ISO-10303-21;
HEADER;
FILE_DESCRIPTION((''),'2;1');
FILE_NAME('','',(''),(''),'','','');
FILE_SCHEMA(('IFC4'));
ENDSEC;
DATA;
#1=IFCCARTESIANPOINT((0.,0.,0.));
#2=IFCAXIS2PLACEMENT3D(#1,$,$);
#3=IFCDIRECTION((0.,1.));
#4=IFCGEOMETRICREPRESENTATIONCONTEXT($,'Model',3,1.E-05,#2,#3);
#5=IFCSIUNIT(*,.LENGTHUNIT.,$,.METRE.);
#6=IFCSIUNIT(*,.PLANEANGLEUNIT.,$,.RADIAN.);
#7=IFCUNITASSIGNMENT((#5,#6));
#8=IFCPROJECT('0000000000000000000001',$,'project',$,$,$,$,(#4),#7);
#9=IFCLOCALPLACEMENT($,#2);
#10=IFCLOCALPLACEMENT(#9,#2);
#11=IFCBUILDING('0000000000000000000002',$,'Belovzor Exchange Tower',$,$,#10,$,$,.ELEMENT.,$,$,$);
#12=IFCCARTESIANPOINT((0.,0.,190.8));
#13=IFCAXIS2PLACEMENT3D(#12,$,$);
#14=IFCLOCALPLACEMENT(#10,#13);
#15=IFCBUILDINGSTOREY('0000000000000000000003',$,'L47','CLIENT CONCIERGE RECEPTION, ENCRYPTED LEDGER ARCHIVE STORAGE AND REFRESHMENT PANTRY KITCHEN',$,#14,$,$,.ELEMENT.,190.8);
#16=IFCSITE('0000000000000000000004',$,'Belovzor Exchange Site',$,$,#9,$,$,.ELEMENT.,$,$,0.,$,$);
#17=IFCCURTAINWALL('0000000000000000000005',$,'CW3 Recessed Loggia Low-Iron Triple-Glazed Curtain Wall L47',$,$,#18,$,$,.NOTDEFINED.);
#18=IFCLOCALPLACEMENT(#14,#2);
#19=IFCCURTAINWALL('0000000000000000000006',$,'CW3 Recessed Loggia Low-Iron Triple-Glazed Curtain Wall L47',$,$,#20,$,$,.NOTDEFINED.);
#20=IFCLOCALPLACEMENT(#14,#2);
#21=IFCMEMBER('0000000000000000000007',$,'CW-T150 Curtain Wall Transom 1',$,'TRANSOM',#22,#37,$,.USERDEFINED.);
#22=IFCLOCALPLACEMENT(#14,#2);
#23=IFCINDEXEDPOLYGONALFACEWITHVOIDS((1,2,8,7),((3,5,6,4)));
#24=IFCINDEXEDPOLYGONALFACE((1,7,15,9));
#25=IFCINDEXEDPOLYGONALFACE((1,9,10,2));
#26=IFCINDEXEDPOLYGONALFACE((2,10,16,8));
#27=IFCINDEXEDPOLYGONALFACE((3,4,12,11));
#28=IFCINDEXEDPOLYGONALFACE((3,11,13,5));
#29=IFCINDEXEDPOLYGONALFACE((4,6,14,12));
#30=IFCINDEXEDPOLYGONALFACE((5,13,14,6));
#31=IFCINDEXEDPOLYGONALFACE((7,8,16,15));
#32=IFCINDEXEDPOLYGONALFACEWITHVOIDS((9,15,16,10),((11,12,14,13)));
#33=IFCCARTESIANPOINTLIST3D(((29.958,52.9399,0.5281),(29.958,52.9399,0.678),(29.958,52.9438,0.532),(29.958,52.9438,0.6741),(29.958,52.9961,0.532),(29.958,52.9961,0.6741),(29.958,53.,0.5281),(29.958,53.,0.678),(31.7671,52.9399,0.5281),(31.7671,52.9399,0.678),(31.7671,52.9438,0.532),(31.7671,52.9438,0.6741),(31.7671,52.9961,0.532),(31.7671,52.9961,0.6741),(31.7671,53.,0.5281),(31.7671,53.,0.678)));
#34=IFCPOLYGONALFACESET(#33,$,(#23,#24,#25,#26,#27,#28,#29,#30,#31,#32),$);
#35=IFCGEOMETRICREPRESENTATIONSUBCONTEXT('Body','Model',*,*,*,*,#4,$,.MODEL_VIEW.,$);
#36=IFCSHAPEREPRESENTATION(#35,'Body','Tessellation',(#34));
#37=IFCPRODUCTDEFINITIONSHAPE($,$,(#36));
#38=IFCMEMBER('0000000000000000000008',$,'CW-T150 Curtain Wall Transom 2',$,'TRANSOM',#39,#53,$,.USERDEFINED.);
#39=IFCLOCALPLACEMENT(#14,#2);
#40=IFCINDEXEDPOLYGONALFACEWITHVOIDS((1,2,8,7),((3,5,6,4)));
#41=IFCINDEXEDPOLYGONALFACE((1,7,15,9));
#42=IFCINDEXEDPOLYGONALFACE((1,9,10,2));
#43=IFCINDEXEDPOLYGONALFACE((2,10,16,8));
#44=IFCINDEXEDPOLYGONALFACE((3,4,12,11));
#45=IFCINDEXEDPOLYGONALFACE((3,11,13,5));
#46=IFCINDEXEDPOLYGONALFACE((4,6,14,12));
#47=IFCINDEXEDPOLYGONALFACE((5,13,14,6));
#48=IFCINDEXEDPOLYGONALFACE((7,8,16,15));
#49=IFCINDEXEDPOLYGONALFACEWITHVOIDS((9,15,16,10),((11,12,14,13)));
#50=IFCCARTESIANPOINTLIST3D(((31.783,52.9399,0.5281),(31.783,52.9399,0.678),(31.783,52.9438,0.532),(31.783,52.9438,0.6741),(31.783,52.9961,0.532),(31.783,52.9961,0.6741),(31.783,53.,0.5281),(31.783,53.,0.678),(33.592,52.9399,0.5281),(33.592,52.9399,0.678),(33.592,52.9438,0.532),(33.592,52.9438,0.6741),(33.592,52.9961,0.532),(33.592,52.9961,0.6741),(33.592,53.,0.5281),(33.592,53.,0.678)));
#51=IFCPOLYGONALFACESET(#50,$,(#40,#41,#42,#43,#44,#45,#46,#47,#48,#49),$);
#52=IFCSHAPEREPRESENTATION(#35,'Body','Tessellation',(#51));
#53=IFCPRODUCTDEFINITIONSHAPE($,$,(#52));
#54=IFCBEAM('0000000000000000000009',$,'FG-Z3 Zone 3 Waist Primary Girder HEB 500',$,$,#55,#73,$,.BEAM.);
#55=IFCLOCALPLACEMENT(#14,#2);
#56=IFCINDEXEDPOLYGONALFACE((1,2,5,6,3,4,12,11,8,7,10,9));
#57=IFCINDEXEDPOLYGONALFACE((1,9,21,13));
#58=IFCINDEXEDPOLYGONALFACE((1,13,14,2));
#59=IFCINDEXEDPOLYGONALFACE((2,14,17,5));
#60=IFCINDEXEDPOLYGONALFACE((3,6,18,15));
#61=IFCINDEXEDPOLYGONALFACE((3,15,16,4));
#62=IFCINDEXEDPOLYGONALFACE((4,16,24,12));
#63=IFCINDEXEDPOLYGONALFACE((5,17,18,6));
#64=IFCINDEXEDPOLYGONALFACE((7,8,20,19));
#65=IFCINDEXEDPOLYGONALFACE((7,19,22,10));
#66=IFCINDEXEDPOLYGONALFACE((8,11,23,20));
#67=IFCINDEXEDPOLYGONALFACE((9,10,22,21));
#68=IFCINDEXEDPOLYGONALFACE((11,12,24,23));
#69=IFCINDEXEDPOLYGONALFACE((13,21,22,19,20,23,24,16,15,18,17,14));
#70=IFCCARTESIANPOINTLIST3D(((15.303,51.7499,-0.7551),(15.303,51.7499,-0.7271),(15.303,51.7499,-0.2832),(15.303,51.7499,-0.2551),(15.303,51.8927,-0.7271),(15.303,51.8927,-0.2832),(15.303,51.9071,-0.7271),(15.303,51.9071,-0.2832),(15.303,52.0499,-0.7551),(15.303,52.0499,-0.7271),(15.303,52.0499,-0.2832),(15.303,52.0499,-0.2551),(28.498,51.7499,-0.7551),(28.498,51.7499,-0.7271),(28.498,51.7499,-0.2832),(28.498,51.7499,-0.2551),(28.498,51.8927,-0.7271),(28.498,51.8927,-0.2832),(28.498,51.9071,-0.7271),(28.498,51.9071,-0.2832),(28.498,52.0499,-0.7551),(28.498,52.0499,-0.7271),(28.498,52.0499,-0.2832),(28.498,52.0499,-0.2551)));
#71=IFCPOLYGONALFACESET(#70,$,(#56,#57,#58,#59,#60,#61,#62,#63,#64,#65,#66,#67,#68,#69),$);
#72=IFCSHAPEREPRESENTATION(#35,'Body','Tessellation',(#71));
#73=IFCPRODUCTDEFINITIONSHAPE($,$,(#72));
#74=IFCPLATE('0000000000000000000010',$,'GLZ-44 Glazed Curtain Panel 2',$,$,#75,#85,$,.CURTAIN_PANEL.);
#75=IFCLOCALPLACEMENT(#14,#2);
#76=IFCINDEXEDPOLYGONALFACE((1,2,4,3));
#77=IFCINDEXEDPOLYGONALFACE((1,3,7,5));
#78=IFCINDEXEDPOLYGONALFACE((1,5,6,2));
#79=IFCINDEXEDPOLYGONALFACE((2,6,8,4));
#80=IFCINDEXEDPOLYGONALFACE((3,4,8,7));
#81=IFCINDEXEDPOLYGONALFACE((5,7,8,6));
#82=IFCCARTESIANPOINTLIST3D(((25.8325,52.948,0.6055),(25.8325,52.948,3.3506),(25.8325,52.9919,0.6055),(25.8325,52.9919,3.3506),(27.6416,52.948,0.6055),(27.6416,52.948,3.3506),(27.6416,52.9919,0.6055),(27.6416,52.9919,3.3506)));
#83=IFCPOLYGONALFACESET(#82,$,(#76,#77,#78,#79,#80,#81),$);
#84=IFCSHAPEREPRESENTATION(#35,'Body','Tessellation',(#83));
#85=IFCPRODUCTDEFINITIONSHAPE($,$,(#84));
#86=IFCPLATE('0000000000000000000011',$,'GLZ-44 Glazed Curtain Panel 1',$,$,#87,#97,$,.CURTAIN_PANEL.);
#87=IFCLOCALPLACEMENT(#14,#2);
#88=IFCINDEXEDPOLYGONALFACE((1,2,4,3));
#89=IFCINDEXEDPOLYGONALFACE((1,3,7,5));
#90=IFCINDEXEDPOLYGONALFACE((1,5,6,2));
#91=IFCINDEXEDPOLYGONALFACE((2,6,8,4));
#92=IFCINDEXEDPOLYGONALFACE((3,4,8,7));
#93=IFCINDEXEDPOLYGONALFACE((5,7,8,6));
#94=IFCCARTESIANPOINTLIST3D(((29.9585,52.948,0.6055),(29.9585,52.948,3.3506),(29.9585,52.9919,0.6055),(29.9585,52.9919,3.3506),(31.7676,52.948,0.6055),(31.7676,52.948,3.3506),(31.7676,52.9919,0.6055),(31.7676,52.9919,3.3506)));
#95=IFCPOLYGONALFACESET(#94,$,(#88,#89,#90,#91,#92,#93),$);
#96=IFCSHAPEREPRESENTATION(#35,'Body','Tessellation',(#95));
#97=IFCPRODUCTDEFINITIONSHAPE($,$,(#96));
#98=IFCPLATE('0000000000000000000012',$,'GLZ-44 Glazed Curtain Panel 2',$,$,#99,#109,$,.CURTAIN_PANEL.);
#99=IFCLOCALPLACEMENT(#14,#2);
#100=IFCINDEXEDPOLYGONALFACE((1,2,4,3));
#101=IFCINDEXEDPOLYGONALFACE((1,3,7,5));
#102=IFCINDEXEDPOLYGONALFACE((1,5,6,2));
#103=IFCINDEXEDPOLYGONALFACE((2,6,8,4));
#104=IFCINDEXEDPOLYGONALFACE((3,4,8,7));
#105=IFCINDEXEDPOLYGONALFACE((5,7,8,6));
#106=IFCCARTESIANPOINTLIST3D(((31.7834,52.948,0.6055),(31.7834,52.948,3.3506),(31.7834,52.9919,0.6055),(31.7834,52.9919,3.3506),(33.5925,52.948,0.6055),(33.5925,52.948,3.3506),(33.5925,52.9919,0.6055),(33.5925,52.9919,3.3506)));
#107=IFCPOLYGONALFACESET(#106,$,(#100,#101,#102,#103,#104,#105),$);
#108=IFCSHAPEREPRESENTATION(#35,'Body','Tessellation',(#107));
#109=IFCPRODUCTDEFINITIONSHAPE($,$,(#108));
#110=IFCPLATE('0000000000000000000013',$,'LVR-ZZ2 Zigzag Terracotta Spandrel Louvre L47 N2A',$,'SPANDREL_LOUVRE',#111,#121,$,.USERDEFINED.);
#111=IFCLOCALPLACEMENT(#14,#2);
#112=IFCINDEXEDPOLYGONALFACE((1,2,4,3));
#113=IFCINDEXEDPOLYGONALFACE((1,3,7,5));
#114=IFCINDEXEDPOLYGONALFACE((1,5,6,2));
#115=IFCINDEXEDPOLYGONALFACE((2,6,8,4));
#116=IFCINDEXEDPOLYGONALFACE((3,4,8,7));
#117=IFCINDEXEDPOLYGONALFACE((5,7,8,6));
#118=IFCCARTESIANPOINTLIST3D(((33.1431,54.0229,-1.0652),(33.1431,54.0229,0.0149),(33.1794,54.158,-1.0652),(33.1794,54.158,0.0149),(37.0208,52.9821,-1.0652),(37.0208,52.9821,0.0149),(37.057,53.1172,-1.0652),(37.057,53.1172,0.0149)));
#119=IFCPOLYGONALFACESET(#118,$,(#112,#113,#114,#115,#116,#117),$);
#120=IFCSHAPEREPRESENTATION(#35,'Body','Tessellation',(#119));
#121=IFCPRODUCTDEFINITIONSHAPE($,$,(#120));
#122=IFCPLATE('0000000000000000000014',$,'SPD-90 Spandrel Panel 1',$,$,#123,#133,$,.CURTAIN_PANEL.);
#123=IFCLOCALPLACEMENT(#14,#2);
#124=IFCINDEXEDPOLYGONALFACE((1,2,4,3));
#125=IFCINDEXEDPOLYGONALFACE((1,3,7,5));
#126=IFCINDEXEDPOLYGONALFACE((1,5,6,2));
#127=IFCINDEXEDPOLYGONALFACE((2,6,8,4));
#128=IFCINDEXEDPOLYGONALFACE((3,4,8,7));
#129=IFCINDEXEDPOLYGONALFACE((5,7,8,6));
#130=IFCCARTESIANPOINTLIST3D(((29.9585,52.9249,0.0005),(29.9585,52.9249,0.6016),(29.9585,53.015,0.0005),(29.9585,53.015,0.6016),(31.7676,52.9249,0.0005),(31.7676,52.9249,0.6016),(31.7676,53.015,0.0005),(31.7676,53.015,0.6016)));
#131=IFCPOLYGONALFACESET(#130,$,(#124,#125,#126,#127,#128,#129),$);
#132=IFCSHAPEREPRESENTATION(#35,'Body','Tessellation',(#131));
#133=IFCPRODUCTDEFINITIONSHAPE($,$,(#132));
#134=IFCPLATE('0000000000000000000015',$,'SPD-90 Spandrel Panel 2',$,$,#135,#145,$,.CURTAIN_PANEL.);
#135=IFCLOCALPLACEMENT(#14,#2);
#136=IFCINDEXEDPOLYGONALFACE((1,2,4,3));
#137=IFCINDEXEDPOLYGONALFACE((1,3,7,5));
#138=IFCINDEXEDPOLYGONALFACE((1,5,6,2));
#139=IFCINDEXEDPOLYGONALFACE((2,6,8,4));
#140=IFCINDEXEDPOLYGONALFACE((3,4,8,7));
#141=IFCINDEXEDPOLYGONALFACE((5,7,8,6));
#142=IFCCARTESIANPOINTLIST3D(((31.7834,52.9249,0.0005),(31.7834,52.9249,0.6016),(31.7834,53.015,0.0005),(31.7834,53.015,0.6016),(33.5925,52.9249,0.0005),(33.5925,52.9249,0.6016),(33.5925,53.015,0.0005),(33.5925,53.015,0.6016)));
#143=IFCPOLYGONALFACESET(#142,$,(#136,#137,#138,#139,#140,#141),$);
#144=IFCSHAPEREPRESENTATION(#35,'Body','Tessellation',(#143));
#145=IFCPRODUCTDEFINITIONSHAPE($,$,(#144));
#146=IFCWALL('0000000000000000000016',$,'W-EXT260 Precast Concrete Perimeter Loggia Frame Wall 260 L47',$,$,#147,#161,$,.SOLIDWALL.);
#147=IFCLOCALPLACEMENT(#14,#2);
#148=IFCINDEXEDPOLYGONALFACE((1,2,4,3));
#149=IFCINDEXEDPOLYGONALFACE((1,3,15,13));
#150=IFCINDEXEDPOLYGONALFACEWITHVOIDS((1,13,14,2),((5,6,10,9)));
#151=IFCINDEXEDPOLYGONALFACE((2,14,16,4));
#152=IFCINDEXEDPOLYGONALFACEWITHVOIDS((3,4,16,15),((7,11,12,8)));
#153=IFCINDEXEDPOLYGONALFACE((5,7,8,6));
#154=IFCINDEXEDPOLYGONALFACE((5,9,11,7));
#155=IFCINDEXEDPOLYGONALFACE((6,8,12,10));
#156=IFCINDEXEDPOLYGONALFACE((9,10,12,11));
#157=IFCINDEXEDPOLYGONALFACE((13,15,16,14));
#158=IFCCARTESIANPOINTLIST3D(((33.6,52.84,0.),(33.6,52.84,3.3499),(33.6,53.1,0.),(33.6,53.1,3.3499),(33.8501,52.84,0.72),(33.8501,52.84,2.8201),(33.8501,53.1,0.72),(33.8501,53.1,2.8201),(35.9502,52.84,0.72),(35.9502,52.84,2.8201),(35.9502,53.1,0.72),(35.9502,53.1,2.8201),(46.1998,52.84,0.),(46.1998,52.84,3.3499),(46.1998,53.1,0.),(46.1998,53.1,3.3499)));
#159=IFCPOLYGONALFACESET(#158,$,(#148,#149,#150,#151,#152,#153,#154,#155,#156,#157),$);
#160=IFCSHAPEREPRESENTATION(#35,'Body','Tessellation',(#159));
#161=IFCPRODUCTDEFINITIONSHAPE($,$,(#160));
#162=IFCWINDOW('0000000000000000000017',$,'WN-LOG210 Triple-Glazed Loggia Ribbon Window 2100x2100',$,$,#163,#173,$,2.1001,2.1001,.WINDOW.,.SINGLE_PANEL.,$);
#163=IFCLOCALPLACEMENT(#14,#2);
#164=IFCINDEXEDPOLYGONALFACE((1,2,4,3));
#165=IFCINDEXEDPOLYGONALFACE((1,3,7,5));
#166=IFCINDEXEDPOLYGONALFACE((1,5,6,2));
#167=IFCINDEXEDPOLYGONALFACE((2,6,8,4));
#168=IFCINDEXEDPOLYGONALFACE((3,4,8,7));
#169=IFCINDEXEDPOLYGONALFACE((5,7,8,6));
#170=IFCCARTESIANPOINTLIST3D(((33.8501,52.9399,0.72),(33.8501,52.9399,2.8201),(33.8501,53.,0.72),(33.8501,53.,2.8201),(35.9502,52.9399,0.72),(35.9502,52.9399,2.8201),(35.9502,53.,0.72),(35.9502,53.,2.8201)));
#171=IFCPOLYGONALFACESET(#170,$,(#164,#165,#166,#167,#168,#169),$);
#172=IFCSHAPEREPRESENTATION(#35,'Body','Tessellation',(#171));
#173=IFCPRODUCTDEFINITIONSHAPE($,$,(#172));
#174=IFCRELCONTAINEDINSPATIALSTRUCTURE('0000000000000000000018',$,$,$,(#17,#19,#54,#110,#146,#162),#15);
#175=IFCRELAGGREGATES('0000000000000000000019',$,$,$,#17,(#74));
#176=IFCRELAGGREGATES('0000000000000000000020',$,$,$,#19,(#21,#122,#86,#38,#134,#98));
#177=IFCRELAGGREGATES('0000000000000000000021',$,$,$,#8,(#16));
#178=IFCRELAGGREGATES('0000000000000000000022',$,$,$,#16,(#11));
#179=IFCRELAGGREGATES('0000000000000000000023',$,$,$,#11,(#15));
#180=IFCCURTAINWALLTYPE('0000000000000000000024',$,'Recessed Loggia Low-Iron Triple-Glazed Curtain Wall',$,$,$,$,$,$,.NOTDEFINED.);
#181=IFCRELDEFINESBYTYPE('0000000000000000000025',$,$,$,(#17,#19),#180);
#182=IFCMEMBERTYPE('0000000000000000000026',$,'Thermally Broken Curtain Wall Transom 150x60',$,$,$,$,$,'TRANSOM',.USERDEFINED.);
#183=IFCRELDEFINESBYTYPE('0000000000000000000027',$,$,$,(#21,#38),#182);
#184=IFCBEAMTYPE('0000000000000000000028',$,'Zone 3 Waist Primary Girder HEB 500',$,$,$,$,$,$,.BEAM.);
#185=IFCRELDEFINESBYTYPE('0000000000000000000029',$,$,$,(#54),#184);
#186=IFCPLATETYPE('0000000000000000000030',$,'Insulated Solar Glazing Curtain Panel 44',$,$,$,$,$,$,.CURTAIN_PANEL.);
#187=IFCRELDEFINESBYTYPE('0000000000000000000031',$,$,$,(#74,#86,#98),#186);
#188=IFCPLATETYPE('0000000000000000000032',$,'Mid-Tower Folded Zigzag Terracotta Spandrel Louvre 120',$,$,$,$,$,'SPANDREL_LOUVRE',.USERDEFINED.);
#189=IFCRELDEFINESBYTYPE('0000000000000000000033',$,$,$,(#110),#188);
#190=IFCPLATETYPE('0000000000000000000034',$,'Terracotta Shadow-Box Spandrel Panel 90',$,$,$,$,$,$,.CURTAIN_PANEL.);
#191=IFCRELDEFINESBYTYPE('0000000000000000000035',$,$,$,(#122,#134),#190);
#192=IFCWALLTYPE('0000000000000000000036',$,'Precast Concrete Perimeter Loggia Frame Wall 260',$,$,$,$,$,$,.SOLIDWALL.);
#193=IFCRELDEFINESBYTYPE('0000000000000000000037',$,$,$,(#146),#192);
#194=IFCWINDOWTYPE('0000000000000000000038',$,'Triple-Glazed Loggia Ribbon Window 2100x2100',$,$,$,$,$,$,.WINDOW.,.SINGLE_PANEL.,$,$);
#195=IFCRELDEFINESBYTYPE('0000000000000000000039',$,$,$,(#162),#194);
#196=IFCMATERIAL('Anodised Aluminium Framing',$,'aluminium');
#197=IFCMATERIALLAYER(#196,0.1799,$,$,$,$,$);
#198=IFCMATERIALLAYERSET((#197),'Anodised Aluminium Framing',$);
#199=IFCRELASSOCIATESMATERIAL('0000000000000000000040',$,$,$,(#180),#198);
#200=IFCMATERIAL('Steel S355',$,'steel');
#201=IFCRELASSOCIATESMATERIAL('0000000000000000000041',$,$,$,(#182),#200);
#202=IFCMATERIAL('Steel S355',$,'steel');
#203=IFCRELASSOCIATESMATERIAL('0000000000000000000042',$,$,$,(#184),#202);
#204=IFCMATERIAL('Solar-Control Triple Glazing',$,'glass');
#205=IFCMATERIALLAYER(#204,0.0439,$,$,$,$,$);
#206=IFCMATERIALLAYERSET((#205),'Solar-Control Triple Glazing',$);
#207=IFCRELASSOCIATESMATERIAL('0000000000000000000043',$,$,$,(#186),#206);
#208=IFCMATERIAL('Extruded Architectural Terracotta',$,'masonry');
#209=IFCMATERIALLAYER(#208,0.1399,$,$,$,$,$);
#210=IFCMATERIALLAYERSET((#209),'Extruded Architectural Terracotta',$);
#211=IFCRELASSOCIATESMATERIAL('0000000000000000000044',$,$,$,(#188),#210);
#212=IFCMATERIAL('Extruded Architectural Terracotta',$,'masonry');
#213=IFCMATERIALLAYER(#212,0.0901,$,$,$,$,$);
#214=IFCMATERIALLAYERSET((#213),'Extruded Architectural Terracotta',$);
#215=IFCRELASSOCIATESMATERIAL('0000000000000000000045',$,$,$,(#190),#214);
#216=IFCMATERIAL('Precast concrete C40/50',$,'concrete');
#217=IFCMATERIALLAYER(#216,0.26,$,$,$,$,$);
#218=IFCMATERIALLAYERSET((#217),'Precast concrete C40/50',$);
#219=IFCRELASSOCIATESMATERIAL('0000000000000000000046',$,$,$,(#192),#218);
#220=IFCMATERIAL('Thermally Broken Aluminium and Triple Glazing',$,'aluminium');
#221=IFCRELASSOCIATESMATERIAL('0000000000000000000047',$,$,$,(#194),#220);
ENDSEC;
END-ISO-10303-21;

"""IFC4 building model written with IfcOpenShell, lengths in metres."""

from ifc_helpers import new_model, si_unit, direction, frame, frame_2d, origin, origin_2d, place, context, subcontext, project, spatial, rectangle, hollow_rectangle, i_section, extrude, material, layer, layer_set, material_profile, profile_set, type_object, element, fill, aggregate, save


model = new_model("IFC4")

# Units and contexts
model_context = context("Model", 3, precision=1e-05, world=origin(), true_north=direction((0.0, 1.0)))
body_context = subcontext(model_context, "Body", "Model", "MODEL_VIEW")
ifc_project = project(units=[si_unit("LENGTHUNIT", "METRE"), si_unit("PLANEANGLEUNIT", "RADIAN")], contexts=[model_context])

# Site, building, storey
site_placement = place(None, origin())
site = spatial("IfcSite", under=ifc_project, at=site_placement, Name="Belovzor Exchange Site", CompositionType="ELEMENT", RefElevation=0.0)
building_placement = place(site_placement, origin())
building = spatial("IfcBuilding", under=site, at=building_placement, Name="Belovzor Exchange Tower", CompositionType="ELEMENT")
storey_placement = place(building_placement, frame((0.0, 0.0, 190.8)))
storey = spatial("IfcBuildingStorey", under=building, at=storey_placement, Name="L47", Description="CLIENT CONCIERGE RECEPTION, ENCRYPTED LEDGER ARCHIVE STORAGE AND REFRESHMENT PANTRY KITCHEN", CompositionType="ELEMENT", Elevation=190.8)

# Curtain wall
ifc_material_1 = material(Name="Anodised Aluminium Framing", Category="aluminium")
ifc_layer_1 = layer(ifc_material_1, 0.1799)
ifc_layer_set_1 = layer_set([ifc_layer_1], Name="Anodised Aluminium Framing")
curtain_wall_type = type_object("IfcCurtainWallType", Name="Recessed Loggia Low-Iron Triple-Glazed Curtain Wall", PredefinedType="NOTDEFINED", material=ifc_layer_set_1)
curtain_wall_1_placement = place(storey_placement, origin())
curtain_wall_1 = element("IfcCurtainWall", 1, at=curtain_wall_1_placement, inside=storey, type_object=curtain_wall_type, Name="CW3 Recessed Loggia Low-Iron Triple-Glazed Curtain Wall L47", PredefinedType="NOTDEFINED")

# Curtain wall, members
curtain_wall_2_placement = place(storey_placement, origin())
curtain_wall_2 = element("IfcCurtainWall", 2, at=curtain_wall_2_placement, inside=storey, type_object=curtain_wall_type, Name="CW3 Recessed Loggia Low-Iron Triple-Glazed Curtain Wall L47", PredefinedType="NOTDEFINED")
ifc_material_2 = material(Name="Steel S355", Category="steel")
ifc_material_profile_1 = material_profile(ifc_material_2, hollow_rectangle(XDim=0.0601, YDim=0.1499, WallThickness=0.0039, at=origin_2d()))
ifc_profile_set_1 = profile_set([ifc_material_profile_1], Name="Steel S355")
member_type_1 = type_object("IfcMemberType", Name="Thermally Broken Curtain Wall Transom 150x60", ElementType="TRANSOM", PredefinedType="USERDEFINED", material=ifc_profile_set_1)
member_1_placement = place(storey_placement, frame((29.958, 52.97, 0.603), z_axis=(1.0, 0.0, 0.0), x_axis=(0.0, 1.0, 0.0)))
member_1 = element("IfcMember", 3, at=member_1_placement, type_object=member_type_1, Name="CW-T150 Curtain Wall Transom 1", ObjectType="TRANSOM", PredefinedType="USERDEFINED", context=body_context, shape_type="SweptSolid", body=[
    extrude(hollow_rectangle(XDim=0.0601, YDim=0.1499, WallThickness=0.0039, at=origin_2d()), origin(), (0.0, 0.0, 1.0), 1.8091),
])
member_2_placement = place(storey_placement, frame((31.783, 52.97, 0.603), z_axis=(1.0, 0.0, 0.0), x_axis=(0.0, 1.0, 0.0)))
member_2 = element("IfcMember", 4, at=member_2_placement, type_object=member_type_1, Name="CW-T150 Curtain Wall Transom 2", ObjectType="TRANSOM", PredefinedType="USERDEFINED", context=body_context, shape_type="SweptSolid", body=[
    extrude(hollow_rectangle(XDim=0.0601, YDim=0.1499, WallThickness=0.0039, at=origin_2d()), origin(), (0.0, 0.0, 1.0), 1.8091),
])

# Beam
ifc_material_3 = material(Name="Steel S355", Category="steel")
ifc_material_profile_2 = material_profile(ifc_material_3, i_section(OverallWidth=0.3, OverallDepth=0.5, WebThickness=0.0144, FlangeThickness=0.0281, at=origin_2d()))
ifc_profile_set_2 = profile_set([ifc_material_profile_2], Name="Steel S355")
beam_type_1 = type_object("IfcBeamType", Name="Zone 3 Waist Primary Girder HEB 500", PredefinedType="BEAM", material=ifc_profile_set_2)
beam_1_placement = place(storey_placement, frame((28.498, 51.8999, -0.5051), z_axis=(-1.0, 0.0, 0.0), x_axis=(0.0, -1.0, 0.0)))
element("IfcBeam", 5, at=beam_1_placement, inside=storey, type_object=beam_type_1, Name="FG-Z3 Zone 3 Waist Primary Girder HEB 500", PredefinedType="BEAM", context=body_context, shape_type="SweptSolid", body=[
    extrude(i_section(OverallWidth=0.3, OverallDepth=0.5, WebThickness=0.0144, FlangeThickness=0.0281, at=origin_2d()), origin(), (0.0, 0.0, 1.0), 13.1951),
])

# Plates
ifc_material_4 = material(Name="Solar-Control Triple Glazing", Category="glass")
ifc_layer_2 = layer(ifc_material_4, 0.0439)
ifc_layer_set_2 = layer_set([ifc_layer_2], Name="Solar-Control Triple Glazing")
plate_type_1 = type_object("IfcPlateType", Name="Insulated Solar Glazing Curtain Panel 44", PredefinedType="CURTAIN_PANEL", material=ifc_layer_set_2)
plate_1_placement = place(storey_placement, frame((26.7371, 52.97, 0.6055), z_axis=(0.0, 0.0, 1.0), x_axis=(1.0, 0.0, 0.0)))
plate_1 = element("IfcPlate", 6, at=plate_1_placement, type_object=plate_type_1, Name="GLZ-44 Glazed Curtain Panel 2", PredefinedType="CURTAIN_PANEL", context=body_context, shape_type="SweptSolid", body=[
    extrude(rectangle(XDim=1.8091, YDim=0.0439, at=origin_2d()), origin(), (0.0, 0.0, 1.0), 2.7451),
])
aggregate(curtain_wall_1, [plate_1])
plate_2_placement = place(storey_placement, frame((30.863, 52.97, 0.6055), z_axis=(0.0, 0.0, 1.0), x_axis=(1.0, 0.0, 0.0)))
plate_2 = element("IfcPlate", 7, at=plate_2_placement, type_object=plate_type_1, Name="GLZ-44 Glazed Curtain Panel 1", PredefinedType="CURTAIN_PANEL", context=body_context, shape_type="SweptSolid", body=[
    extrude(rectangle(XDim=1.8091, YDim=0.0439, at=origin_2d()), origin(), (0.0, 0.0, 1.0), 2.7451),
])
plate_3_placement = place(storey_placement, frame((32.688, 52.97, 0.6055), z_axis=(0.0, 0.0, 1.0), x_axis=(1.0, 0.0, 0.0)))
plate_3 = element("IfcPlate", 8, at=plate_3_placement, type_object=plate_type_1, Name="GLZ-44 Glazed Curtain Panel 2", PredefinedType="CURTAIN_PANEL", context=body_context, shape_type="SweptSolid", body=[
    extrude(rectangle(XDim=1.8091, YDim=0.0439, at=origin_2d()), origin(), (0.0, 0.0, 1.0), 2.7451),
])
ifc_material_5 = material(Name="Extruded Architectural Terracotta", Category="masonry")
ifc_layer_3 = layer(ifc_material_5, 0.1399)
ifc_layer_set_3 = layer_set([ifc_layer_3], Name="Extruded Architectural Terracotta")
plate_type_2 = type_object("IfcPlateType", Name="Mid-Tower Folded Zigzag Terracotta Spandrel Louvre 120", ElementType="SPANDREL_LOUVRE", PredefinedType="USERDEFINED", material=ifc_layer_set_3)
plate_4_placement = place(storey_placement, frame((35.1001, 53.5701, -1.0652), z_axis=(0.0, 0.0, 1.0), x_axis=(0.965813, -0.25924, 0.0)))
element("IfcPlate", 9, at=plate_4_placement, inside=storey, type_object=plate_type_2, Name="LVR-ZZ2 Zigzag Terracotta Spandrel Louvre L47 N2A", ObjectType="SPANDREL_LOUVRE", PredefinedType="USERDEFINED", context=body_context, shape_type="SweptSolid", body=[
    extrude(rectangle(XDim=4.0149, YDim=0.1399, at=origin_2d()), origin(), (0.0, 0.0, 1.0), 1.0801),
])
ifc_material_6 = material(Name="Extruded Architectural Terracotta", Category="masonry")
ifc_layer_4 = layer(ifc_material_6, 0.0901)
ifc_layer_set_4 = layer_set([ifc_layer_4], Name="Extruded Architectural Terracotta")
plate_type_3 = type_object("IfcPlateType", Name="Terracotta Shadow-Box Spandrel Panel 90", PredefinedType="CURTAIN_PANEL", material=ifc_layer_set_4)
plate_5_placement = place(storey_placement, frame((30.863, 52.97, 0.0005), z_axis=(0.0, 0.0, 1.0), x_axis=(1.0, 0.0, 0.0)))
plate_5 = element("IfcPlate", 10, at=plate_5_placement, type_object=plate_type_3, Name="SPD-90 Spandrel Panel 1", PredefinedType="CURTAIN_PANEL", context=body_context, shape_type="SweptSolid", body=[
    extrude(rectangle(XDim=1.8091, YDim=0.0901, at=origin_2d()), origin(), (0.0, 0.0, 1.0), 0.6011),
])
plate_6_placement = place(storey_placement, frame((32.688, 52.97, 0.0005), z_axis=(0.0, 0.0, 1.0), x_axis=(1.0, 0.0, 0.0)))
plate_6 = element("IfcPlate", 11, at=plate_6_placement, type_object=plate_type_3, Name="SPD-90 Spandrel Panel 2", PredefinedType="CURTAIN_PANEL", context=body_context, shape_type="SweptSolid", body=[
    extrude(rectangle(XDim=1.8091, YDim=0.0901, at=origin_2d()), origin(), (0.0, 0.0, 1.0), 0.6011),
])
aggregate(curtain_wall_2, [member_1, plate_5, plate_2, member_2, plate_6, plate_3])

# Wall, opening, window
ifc_material_7 = material(Name="Precast concrete C40/50", Category="concrete")
ifc_layer_5 = layer(ifc_material_7, 0.26)
ifc_layer_set_5 = layer_set([ifc_layer_5], Name="Precast concrete C40/50")
wall_type = type_object("IfcWallType", Name="Precast Concrete Perimeter Loggia Frame Wall 260", PredefinedType="SOLIDWALL", material=ifc_layer_set_5)
wall_placement = place(storey_placement, frame((33.6001, 52.97, 0.0), z_axis=(0.0, 0.0, 1.0), x_axis=(1.0, 0.0, 0.0)))
wall = element("IfcWall", 12, at=wall_placement, inside=storey, type_object=wall_type, Name="W-EXT260 Precast Concrete Perimeter Loggia Frame Wall 260 L47", PredefinedType="SOLIDWALL", context=body_context, shape_type="SweptSolid", body=[
    extrude(rectangle(XDim=12.5999, YDim=0.26, at=frame_2d((6.2998, 0.0))), origin(), (0.0, 0.0, 1.0), 3.3499),
])
opening_placement = place(wall_placement, frame((0.25, 0.0, 0.72)))
opening = element("IfcOpeningElement", 13, at=opening_placement, cuts=wall, PredefinedType="OPENING", context=body_context, shape_type="SweptSolid", body=[
    extrude(rectangle(XDim=2.1001, YDim=2.1001, at=frame_2d((1.05, 1.05))), frame((0.0, 0.1399, 0.0), z_axis=(0.0, -1.0, 0.0), x_axis=(1.0, 0.0, 0.0)), (0.0, 0.0, 1.0), 0.28),
])
ifc_material_8 = material(Name="Thermally Broken Aluminium and Triple Glazing", Category="aluminium")
window_type = type_object("IfcWindowType", Name="Triple-Glazed Loggia Ribbon Window 2100x2100", PartitioningType="SINGLE_PANEL", PredefinedType="WINDOW", material=ifc_material_8)
window_placement = place(opening_placement, origin())
window = element("IfcWindow", 14, at=window_placement, inside=storey, type_object=window_type, Name="WN-LOG210 Triple-Glazed Loggia Ribbon Window 2100x2100", OverallHeight=2.1001, OverallWidth=2.1001, PartitioningType="SINGLE_PANEL", PredefinedType="WINDOW", context=body_context, shape_type="SweptSolid", body=[
    extrude(rectangle(XDim=2.1001, YDim=2.1001, at=frame_2d((1.05, 1.05))), frame((0.0, 0.03, 0.0), z_axis=(0.0, -1.0, 0.0), x_axis=(1.0, 0.0, 0.0)), (0.0, 0.0, 1.0), 0.0601),
])
fill(opening, window)

save(model, "model.ifc")
